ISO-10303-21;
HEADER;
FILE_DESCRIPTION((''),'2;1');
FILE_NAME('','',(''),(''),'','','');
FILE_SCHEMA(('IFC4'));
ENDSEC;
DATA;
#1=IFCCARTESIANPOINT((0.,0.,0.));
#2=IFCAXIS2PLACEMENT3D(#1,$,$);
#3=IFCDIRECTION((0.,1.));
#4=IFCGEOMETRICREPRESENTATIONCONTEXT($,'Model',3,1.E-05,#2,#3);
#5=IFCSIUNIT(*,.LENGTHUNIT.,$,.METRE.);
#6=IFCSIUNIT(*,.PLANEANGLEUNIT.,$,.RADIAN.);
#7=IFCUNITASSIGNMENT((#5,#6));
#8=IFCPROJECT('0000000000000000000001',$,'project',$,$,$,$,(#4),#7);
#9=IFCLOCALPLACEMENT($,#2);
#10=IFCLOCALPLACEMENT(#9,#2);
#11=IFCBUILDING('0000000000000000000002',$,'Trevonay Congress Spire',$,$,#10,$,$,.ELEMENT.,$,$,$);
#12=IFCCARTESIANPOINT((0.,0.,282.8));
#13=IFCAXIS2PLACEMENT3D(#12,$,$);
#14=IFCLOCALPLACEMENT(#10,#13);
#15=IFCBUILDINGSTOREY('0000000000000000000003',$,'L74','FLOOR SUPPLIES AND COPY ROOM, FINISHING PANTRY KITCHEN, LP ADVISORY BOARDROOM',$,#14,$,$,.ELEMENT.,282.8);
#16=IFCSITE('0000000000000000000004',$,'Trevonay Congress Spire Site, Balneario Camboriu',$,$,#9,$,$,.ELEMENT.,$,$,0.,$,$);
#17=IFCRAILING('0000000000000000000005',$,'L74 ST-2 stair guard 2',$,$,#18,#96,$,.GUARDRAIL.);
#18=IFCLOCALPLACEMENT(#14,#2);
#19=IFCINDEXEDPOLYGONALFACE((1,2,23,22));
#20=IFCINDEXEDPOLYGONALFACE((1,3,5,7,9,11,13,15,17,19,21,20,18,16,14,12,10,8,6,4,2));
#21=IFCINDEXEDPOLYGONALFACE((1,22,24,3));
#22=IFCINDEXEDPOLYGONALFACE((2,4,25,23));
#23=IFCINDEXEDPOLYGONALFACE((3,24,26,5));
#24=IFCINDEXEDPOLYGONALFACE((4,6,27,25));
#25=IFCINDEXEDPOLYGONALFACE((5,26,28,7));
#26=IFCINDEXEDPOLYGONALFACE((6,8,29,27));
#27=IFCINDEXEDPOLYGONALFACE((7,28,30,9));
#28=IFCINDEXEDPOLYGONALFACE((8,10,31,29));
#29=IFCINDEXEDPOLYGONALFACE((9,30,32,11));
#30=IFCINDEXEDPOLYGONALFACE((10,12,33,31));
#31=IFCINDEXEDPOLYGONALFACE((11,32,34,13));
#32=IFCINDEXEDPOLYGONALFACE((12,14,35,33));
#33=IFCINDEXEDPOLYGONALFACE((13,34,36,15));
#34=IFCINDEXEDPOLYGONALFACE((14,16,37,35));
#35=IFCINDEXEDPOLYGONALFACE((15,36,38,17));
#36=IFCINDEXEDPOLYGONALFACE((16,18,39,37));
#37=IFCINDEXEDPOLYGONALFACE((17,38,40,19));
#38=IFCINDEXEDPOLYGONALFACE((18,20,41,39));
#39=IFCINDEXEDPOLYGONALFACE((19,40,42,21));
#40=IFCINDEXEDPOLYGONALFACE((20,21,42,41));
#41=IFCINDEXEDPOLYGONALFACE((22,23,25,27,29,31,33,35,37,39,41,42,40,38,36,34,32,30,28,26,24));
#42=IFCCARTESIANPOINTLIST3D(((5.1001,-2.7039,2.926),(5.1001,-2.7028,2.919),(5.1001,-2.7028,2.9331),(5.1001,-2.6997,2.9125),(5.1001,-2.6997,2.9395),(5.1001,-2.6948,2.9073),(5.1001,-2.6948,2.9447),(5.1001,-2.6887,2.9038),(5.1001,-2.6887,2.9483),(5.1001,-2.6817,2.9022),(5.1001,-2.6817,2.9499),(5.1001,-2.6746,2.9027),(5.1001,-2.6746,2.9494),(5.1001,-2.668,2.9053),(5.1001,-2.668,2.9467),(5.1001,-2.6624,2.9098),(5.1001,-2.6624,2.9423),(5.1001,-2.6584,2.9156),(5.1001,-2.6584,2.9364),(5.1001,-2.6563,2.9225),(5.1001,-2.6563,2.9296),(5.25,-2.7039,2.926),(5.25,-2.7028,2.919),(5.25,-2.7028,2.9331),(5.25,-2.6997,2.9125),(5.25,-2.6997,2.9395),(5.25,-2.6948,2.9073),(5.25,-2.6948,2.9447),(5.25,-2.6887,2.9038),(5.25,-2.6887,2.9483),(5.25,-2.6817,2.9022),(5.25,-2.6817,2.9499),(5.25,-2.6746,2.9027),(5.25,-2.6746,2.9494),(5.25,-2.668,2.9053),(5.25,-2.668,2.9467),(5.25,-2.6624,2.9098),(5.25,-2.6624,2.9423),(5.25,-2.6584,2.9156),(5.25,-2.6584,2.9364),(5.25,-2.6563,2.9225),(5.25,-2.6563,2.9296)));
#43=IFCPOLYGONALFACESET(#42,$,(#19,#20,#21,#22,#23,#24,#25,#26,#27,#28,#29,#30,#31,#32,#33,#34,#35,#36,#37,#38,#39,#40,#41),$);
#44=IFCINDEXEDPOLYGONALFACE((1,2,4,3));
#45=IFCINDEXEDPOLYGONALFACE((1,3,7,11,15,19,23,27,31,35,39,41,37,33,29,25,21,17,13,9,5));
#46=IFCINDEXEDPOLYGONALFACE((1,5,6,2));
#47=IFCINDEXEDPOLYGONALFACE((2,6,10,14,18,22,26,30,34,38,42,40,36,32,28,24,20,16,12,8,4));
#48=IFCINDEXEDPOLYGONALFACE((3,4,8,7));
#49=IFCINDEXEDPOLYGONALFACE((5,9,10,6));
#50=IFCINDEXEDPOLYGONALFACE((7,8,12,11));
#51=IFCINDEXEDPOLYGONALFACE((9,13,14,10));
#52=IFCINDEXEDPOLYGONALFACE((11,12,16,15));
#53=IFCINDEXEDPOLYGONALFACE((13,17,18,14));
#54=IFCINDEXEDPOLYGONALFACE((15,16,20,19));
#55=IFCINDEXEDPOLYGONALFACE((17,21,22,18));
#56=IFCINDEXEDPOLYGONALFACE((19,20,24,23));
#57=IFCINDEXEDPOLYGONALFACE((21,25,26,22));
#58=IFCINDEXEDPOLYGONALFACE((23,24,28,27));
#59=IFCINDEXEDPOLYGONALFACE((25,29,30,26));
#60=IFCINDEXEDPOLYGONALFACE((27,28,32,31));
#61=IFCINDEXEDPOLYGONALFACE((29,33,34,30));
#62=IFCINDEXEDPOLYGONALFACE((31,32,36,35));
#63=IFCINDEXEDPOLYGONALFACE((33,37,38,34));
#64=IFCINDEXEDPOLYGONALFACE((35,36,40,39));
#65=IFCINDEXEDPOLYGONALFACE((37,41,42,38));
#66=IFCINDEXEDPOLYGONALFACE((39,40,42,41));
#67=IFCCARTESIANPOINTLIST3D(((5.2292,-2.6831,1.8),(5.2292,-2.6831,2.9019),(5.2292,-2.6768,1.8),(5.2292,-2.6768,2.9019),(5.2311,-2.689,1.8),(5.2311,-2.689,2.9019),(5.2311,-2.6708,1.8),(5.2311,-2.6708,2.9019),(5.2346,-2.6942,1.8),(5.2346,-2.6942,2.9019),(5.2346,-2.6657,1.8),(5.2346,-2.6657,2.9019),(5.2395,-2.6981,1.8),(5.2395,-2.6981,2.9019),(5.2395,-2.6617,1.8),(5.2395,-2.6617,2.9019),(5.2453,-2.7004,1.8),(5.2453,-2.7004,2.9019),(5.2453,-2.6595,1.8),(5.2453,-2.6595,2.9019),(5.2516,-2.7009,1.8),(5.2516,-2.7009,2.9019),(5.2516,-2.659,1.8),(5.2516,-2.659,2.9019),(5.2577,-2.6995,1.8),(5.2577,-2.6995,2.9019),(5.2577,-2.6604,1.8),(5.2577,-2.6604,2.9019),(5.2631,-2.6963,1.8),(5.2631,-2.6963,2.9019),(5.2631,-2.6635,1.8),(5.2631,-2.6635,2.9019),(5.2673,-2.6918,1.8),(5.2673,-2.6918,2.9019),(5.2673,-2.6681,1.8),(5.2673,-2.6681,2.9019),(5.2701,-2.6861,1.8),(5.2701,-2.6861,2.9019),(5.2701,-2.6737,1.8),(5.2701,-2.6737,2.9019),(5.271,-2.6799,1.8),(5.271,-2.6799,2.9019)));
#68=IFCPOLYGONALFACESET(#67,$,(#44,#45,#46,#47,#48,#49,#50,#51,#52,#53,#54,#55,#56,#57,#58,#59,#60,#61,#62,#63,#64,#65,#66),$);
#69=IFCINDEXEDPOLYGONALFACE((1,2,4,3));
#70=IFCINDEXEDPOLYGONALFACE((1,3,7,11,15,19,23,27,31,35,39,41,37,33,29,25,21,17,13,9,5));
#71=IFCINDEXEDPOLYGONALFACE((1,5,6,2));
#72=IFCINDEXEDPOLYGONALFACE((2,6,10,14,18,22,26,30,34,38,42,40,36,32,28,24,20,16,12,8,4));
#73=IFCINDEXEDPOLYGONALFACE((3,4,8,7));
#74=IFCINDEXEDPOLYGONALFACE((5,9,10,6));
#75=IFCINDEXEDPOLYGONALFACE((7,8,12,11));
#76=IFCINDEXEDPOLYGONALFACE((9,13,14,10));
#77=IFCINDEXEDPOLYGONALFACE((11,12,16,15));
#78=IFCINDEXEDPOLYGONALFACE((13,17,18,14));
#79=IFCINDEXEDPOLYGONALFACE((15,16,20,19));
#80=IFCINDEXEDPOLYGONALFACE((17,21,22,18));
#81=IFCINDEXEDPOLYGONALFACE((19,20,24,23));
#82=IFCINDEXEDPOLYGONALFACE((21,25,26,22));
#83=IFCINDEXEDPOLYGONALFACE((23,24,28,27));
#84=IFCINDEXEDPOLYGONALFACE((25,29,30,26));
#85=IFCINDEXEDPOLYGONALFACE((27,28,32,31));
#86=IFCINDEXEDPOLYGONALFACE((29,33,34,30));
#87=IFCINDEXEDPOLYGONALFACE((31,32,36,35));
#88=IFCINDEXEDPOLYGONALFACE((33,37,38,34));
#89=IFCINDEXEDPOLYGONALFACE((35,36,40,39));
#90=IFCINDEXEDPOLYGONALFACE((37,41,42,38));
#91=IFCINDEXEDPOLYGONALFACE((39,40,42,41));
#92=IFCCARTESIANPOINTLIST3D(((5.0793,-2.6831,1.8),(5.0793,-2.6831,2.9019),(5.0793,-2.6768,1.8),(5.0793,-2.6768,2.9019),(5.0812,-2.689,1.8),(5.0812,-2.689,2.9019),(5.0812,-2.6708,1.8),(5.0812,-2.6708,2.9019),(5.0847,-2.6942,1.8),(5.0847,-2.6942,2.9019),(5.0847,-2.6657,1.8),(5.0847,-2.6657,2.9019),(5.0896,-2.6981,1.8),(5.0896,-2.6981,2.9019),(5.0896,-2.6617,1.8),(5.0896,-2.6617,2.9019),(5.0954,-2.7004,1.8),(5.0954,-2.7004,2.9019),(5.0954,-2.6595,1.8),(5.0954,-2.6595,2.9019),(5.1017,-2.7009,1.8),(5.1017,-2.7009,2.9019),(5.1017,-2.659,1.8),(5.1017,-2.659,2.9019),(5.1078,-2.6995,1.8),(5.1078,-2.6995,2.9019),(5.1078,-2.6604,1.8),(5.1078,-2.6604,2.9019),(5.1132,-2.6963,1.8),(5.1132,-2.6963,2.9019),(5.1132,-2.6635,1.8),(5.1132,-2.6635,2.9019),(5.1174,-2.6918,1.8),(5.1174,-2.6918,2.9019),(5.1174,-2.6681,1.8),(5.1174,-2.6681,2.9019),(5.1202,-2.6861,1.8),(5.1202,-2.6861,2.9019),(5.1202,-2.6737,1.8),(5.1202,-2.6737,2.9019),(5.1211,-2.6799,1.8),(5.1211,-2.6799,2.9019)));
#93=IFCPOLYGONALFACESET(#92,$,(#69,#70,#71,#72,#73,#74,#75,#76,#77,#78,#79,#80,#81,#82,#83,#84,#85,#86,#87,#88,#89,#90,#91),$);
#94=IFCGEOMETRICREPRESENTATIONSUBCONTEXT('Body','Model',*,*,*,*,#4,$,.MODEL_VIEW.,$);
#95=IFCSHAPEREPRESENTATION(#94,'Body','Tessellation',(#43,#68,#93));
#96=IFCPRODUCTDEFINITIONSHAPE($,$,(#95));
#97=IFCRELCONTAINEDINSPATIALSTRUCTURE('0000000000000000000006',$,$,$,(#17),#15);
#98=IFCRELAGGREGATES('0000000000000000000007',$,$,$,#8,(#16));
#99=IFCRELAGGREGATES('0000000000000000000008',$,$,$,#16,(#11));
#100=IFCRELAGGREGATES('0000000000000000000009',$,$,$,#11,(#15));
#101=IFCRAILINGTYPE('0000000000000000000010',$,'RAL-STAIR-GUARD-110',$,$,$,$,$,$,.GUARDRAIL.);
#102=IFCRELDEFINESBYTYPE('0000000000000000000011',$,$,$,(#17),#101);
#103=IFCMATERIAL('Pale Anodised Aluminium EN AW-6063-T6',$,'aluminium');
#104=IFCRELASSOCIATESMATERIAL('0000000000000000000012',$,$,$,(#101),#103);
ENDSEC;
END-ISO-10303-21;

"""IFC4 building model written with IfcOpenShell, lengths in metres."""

from ifc_helpers import new_model, si_unit, direction, frame, origin, origin_2d, place, context, subcontext, project, spatial, circle, extrude, material, type_object, element, save


model = new_model("IFC4")

# Units and contexts
model_context = context("Model", 3, precision=1e-05, world=origin(), true_north=direction((0.0, 1.0)))
body_context = subcontext(model_context, "Body", "Model", "MODEL_VIEW")
ifc_project = project(units=[si_unit("LENGTHUNIT", "METRE"), si_unit("PLANEANGLEUNIT", "RADIAN")], contexts=[model_context])

# Site, building, storey
site_placement = place(None, origin())
site = spatial("IfcSite", under=ifc_project, at=site_placement, Name="Trevonay Congress Spire Site, Balneario Camboriu", CompositionType="ELEMENT", RefElevation=0.0)
building_placement = place(site_placement, origin())
building = spatial("IfcBuilding", under=site, at=building_placement, Name="Trevonay Congress Spire", CompositionType="ELEMENT")
storey_placement = place(building_placement, frame((0.0, 0.0, 282.8)))
storey = spatial("IfcBuildingStorey", under=building, at=storey_placement, Name="L74", Description="FLOOR SUPPLIES AND COPY ROOM, FINISHING PANTRY KITCHEN, LP ADVISORY BOARDROOM", CompositionType="ELEMENT", Elevation=282.8)

# Shared definitions
ifc_material_1 = material(Name="Pale Anodised Aluminium EN AW-6063-T6", Category="aluminium")

# Railing
railing_type_1 = type_object("IfcRailingType", Name="RAL-STAIR-GUARD-110", PredefinedType="GUARDRAIL", material=ifc_material_1)
railing_1_placement = place(storey_placement, frame((5.25, -2.6799, 1.8)))
element("IfcRailing", 1, at=railing_1_placement, inside=storey, type_object=railing_type_1, Name="L74 ST-2 stair guard 2", PredefinedType="GUARDRAIL", context=body_context, shape_type="SweptSolid", body=[
    extrude(circle(Radius=0.0239, at=origin_2d()), frame((0.0, 0.0, 1.126), z_axis=(-1.0, 0.0, 0.0), x_axis=(0.0, -1.0, 0.0)), (0.0, 0.0, 1.0), 0.1499),
    extrude(circle(Radius=0.021, at=origin_2d()), origin(), (0.0, 0.0, 1.0), 1.1018),
    extrude(circle(Radius=0.021, at=origin_2d()), frame((-0.1499, 0.0, 0.0)), (0.0, 0.0, 1.0), 1.1018),
])

save(model, "model.ifc")
